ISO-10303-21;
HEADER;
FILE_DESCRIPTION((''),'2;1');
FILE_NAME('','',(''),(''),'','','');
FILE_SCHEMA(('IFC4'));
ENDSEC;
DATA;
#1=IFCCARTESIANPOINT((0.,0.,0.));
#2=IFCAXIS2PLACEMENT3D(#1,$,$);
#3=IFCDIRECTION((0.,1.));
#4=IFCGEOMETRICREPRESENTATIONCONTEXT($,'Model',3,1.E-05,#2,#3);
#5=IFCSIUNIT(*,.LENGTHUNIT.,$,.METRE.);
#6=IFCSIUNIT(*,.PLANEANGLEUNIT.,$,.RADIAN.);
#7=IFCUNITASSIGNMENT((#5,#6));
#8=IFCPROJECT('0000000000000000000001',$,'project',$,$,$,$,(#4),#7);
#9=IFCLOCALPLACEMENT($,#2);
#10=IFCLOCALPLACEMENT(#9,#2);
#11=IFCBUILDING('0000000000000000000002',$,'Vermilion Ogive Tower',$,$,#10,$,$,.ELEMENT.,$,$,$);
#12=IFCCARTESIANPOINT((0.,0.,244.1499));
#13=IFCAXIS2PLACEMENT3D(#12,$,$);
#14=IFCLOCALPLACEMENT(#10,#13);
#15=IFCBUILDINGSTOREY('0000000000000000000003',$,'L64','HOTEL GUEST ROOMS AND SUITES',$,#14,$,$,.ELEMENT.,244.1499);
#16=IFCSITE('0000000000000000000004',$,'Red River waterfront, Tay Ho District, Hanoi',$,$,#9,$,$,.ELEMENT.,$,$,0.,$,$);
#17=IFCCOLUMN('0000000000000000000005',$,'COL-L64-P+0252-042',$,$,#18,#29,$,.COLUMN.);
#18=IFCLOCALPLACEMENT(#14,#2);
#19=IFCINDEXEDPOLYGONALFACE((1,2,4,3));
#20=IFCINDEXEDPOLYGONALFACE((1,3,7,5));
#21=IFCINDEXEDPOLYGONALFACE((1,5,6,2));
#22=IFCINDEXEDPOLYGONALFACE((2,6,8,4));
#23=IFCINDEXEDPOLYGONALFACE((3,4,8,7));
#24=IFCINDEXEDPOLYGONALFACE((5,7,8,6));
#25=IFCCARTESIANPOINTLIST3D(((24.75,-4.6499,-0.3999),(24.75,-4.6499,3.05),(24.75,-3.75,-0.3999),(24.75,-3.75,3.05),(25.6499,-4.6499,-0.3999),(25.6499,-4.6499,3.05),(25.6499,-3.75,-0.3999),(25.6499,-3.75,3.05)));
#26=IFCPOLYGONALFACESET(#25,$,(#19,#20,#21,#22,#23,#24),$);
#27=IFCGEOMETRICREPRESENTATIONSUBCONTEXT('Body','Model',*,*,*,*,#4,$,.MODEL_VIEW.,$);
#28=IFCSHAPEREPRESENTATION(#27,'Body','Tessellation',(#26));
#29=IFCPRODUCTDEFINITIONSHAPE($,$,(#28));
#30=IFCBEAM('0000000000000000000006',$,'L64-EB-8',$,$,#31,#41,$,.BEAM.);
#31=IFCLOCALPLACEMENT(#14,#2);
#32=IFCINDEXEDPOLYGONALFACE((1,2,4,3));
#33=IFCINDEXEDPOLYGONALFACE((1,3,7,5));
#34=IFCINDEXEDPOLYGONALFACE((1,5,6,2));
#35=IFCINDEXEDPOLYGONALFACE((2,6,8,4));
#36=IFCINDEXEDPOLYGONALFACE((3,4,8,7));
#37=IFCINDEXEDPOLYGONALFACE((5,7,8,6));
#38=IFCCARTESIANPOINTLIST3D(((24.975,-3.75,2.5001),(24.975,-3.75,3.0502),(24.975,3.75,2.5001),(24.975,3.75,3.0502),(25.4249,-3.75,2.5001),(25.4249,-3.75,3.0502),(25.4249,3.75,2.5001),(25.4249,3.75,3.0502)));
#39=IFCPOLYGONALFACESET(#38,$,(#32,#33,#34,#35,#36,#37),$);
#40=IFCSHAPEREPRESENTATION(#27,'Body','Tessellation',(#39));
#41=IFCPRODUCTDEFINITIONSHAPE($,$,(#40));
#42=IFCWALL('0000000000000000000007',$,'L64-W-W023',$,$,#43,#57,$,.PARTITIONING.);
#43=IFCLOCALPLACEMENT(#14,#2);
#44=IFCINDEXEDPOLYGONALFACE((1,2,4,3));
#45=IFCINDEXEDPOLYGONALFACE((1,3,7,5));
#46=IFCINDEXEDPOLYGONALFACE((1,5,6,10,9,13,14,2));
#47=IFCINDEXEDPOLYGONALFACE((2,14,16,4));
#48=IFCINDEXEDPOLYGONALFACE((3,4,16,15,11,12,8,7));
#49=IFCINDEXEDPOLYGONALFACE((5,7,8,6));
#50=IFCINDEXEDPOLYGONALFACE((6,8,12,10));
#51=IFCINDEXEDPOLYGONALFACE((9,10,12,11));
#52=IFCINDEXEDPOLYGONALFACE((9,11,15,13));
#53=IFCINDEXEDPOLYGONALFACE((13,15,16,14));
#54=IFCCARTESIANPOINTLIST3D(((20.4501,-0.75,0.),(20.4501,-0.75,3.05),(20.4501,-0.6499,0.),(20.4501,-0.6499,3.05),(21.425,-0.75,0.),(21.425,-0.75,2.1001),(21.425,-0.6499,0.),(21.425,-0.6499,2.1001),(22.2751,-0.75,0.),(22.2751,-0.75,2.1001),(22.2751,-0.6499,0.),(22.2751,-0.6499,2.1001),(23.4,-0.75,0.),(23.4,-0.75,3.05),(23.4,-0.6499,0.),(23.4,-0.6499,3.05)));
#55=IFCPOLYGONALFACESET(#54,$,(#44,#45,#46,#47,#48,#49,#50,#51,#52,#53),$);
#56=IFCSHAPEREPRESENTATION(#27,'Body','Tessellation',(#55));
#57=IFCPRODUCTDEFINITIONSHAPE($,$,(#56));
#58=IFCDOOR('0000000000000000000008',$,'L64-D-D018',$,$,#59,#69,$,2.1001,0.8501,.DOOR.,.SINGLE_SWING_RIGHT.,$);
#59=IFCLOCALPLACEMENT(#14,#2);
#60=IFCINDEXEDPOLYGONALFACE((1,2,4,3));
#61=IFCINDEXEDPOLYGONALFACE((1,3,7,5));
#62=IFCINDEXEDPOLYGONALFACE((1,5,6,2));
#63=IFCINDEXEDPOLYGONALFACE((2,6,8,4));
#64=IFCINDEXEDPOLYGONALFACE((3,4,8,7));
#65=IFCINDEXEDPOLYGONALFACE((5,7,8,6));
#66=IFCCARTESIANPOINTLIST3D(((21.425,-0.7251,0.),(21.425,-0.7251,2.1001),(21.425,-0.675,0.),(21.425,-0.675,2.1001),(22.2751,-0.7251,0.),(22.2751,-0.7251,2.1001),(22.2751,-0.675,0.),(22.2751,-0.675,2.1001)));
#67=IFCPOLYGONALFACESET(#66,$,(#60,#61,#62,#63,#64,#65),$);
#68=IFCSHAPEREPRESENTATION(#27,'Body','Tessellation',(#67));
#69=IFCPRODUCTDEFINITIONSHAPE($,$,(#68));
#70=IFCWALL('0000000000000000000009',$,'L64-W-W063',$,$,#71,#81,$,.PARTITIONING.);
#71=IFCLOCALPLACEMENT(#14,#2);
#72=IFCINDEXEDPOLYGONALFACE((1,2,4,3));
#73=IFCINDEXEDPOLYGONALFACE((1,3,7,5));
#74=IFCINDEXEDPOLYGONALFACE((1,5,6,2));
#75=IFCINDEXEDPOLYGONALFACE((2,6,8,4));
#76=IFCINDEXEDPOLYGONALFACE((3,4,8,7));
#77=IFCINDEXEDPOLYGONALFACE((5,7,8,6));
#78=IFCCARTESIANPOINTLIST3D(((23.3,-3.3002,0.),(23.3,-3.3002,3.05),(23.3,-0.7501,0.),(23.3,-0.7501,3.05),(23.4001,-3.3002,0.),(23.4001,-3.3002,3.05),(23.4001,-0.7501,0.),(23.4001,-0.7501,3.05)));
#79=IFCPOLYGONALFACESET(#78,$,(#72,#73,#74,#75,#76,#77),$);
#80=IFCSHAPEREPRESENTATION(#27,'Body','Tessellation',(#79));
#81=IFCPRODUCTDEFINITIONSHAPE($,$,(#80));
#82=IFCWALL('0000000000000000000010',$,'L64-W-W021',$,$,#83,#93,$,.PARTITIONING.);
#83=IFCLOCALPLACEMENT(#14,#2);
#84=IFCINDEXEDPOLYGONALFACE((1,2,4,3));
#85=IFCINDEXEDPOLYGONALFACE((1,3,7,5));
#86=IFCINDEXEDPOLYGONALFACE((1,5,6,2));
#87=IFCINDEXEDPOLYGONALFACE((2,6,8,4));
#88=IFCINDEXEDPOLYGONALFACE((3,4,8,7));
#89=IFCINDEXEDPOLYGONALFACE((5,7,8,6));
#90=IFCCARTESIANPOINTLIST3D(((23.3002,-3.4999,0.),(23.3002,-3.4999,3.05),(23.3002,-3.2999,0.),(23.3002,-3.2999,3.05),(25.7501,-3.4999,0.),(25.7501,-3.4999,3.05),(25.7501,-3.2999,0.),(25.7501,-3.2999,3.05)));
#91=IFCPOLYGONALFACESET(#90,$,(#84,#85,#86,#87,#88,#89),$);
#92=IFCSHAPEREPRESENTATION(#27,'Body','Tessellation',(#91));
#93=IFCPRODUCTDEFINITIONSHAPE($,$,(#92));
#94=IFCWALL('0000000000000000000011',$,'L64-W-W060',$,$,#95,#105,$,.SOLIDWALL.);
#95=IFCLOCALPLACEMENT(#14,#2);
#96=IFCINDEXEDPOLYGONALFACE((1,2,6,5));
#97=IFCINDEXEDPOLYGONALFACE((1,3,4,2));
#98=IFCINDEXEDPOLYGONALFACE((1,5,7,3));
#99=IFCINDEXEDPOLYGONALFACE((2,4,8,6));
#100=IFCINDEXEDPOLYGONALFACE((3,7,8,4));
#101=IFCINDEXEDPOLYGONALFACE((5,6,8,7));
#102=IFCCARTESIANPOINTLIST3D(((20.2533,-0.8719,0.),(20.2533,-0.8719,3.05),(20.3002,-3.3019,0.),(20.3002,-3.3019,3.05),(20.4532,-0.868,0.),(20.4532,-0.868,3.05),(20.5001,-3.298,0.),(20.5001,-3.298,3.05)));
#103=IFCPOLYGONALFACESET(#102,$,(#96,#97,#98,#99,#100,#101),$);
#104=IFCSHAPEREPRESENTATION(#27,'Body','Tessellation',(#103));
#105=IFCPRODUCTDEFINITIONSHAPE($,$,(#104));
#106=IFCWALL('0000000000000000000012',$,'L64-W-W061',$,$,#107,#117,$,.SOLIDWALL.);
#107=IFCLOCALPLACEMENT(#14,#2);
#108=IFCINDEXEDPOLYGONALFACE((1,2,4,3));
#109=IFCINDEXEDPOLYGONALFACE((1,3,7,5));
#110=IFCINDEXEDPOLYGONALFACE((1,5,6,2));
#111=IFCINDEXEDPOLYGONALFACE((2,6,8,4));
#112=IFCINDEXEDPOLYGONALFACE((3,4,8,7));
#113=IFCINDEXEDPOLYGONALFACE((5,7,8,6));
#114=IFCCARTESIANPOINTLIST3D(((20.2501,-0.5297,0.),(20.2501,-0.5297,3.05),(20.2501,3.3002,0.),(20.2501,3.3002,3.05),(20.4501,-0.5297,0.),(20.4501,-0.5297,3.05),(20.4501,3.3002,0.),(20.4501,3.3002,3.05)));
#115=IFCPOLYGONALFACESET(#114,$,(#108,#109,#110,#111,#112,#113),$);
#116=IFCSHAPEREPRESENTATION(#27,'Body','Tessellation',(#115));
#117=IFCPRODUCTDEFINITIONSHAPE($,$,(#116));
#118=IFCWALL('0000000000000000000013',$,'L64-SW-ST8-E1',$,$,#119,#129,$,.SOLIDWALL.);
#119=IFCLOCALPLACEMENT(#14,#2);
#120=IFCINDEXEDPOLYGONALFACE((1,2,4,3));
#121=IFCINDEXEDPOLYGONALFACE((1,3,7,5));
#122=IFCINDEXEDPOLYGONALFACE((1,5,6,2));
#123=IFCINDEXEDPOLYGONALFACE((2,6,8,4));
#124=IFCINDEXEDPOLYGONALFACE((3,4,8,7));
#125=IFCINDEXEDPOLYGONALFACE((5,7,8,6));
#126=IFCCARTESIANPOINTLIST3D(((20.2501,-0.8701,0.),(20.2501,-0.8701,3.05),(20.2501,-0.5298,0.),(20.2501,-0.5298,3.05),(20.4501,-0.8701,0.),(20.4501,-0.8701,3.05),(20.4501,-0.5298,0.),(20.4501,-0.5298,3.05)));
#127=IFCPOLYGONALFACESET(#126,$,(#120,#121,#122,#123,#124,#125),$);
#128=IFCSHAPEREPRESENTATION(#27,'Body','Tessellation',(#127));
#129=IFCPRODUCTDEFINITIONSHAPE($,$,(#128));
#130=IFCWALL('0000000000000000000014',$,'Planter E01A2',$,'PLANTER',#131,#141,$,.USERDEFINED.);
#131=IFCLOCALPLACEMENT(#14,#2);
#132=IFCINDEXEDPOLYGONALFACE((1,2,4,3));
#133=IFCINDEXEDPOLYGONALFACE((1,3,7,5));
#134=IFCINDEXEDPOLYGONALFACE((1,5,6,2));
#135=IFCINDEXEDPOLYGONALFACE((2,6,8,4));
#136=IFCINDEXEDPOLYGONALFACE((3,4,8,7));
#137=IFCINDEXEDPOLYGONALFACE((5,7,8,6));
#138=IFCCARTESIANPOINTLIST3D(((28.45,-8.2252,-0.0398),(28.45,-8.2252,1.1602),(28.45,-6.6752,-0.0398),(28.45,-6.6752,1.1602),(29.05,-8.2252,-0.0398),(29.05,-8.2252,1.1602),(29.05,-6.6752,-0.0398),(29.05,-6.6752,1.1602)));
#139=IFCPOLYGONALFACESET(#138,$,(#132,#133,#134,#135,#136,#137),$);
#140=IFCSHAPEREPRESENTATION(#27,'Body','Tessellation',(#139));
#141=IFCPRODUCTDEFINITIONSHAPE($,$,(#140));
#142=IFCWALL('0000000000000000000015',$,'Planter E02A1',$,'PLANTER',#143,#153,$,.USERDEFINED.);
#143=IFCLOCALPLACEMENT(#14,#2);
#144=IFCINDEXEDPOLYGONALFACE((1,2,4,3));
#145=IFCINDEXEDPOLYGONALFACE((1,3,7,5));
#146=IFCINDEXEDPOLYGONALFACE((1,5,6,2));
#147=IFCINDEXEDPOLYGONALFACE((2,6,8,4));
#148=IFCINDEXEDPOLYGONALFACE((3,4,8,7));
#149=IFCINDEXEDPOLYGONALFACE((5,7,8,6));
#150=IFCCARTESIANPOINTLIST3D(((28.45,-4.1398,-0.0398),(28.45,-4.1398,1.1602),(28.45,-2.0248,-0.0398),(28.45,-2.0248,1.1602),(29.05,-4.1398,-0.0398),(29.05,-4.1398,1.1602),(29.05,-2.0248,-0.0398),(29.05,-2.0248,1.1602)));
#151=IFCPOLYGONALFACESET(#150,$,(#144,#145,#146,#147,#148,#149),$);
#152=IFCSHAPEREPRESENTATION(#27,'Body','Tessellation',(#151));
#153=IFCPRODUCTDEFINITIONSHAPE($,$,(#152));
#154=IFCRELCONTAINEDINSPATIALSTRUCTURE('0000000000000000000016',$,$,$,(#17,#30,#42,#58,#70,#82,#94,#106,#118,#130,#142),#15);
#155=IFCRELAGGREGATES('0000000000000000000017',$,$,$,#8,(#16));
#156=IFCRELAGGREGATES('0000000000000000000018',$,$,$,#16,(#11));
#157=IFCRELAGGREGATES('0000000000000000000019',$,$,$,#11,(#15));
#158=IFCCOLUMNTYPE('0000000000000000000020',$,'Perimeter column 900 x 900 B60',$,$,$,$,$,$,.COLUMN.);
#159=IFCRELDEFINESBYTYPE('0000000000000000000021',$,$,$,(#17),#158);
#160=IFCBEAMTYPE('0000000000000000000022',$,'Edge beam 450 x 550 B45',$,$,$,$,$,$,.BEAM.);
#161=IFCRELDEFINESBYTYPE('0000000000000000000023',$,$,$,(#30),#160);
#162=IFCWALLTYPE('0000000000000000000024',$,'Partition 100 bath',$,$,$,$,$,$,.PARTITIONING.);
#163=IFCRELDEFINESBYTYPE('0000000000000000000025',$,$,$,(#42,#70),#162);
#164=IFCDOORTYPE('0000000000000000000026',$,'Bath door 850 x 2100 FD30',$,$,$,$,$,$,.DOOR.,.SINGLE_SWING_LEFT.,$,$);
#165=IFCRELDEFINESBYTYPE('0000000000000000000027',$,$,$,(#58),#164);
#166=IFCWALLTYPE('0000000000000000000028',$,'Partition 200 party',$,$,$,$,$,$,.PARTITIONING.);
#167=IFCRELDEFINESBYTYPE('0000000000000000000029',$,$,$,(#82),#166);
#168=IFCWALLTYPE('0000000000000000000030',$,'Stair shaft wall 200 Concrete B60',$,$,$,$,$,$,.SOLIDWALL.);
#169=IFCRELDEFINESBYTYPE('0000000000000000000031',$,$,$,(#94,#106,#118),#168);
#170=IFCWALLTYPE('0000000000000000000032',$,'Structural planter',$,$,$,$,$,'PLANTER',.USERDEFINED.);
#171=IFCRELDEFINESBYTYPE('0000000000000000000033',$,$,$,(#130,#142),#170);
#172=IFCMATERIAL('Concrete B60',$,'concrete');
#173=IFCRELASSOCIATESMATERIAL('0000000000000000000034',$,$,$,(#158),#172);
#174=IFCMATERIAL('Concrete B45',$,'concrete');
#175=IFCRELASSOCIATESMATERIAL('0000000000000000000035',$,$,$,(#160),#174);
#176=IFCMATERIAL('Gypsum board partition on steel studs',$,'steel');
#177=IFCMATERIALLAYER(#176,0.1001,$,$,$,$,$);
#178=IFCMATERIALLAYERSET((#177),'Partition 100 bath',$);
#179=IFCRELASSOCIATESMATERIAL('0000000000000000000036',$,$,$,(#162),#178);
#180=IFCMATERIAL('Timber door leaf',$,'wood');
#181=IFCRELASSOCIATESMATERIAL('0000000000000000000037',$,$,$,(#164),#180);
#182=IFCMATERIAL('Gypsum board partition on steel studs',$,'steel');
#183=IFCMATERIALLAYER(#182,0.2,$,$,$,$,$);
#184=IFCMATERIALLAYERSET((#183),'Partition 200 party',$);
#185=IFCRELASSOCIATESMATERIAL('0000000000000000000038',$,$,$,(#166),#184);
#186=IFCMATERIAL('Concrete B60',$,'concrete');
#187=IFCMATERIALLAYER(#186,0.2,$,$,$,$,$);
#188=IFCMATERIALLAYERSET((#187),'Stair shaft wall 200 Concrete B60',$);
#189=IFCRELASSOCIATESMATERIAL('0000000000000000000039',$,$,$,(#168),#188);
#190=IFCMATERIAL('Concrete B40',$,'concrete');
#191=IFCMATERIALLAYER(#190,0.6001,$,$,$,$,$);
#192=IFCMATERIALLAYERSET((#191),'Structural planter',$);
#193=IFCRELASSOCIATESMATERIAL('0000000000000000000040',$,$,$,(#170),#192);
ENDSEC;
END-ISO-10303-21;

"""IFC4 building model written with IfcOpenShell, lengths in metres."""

from ifc_helpers import new_model, si_unit, direction, frame, frame_2d, origin, origin_2d, place, context, subcontext, project, spatial, rectangle, extrude, material, layer, layer_set, material_profile, profile_set, type_object, element, fill, save


model = new_model("IFC4")

# Units and contexts
model_context = context("Model", 3, precision=1e-05, world=origin(), true_north=direction((0.0, 1.0)))
body_context = subcontext(model_context, "Body", "Model", "MODEL_VIEW")
ifc_project = project(units=[si_unit("LENGTHUNIT", "METRE"), si_unit("PLANEANGLEUNIT", "RADIAN")], contexts=[model_context])

# Site, building, storey
site_placement = place(None, origin())
site = spatial("IfcSite", under=ifc_project, at=site_placement, Name="Red River waterfront, Tay Ho District, Hanoi", CompositionType="ELEMENT", RefElevation=0.0)
building_placement = place(site_placement, origin())
building = spatial("IfcBuilding", under=site, at=building_placement, Name="Vermilion Ogive Tower", CompositionType="ELEMENT")
storey_placement = place(building_placement, frame((0.0, 0.0, 244.1499)))
storey = spatial("IfcBuildingStorey", under=building, at=storey_placement, Name="L64", Description="HOTEL GUEST ROOMS AND SUITES", CompositionType="ELEMENT", Elevation=244.1499)

# Column
ifc_material_1 = material(Name="Concrete B60", Category="concrete")
ifc_material_profile_1 = material_profile(ifc_material_1, rectangle(XDim=0.8999, YDim=0.8999, at=origin_2d()), Name="900 x 900")
ifc_profile_set_1 = profile_set([ifc_material_profile_1], Name="Concrete B60")
column_type = type_object("IfcColumnType", Name="Perimeter column 900 x 900 B60", PredefinedType="COLUMN", material=ifc_profile_set_1)
column_placement = place(storey_placement, frame((25.2, -4.2, -0.3999), z_axis=(0.0, 0.0, 1.0), x_axis=(1.0, 0.0, 0.0)))
element("IfcColumn", 1, at=column_placement, inside=storey, type_object=column_type, Name="COL-L64-P+0252-042", PredefinedType="COLUMN", context=body_context, shape_type="SweptSolid", body=[
    extrude(rectangle(XDim=0.8999, YDim=0.8999, at=origin_2d()), origin(), (0.0, 0.0, 1.0), 3.45),
])

# Beam
ifc_material_2 = material(Name="Concrete B45", Category="concrete")
ifc_material_profile_2 = material_profile(ifc_material_2, rectangle(XDim=0.45, YDim=0.55, at=origin_2d()), Name="450 x 550")
ifc_profile_set_2 = profile_set([ifc_material_profile_2], Name="Concrete B45")
beam_type = type_object("IfcBeamType", Name="Edge beam 450 x 550 B45", PredefinedType="BEAM", material=ifc_profile_set_2)
beam_placement = place(storey_placement, frame((25.2, -3.75, 2.7751), z_axis=(0.0, 1.0, 0.0), x_axis=(-1.0, 0.0, 0.0)))
element("IfcBeam", 2, at=beam_placement, inside=storey, type_object=beam_type, Name="L64-EB-8", PredefinedType="BEAM", context=body_context, shape_type="SweptSolid", body=[
    extrude(rectangle(XDim=0.45, YDim=0.55, at=origin_2d()), origin(), (0.0, 0.0, 1.0), 7.5),
])

# Wall, opening, door
ifc_material_3 = material(Name="Gypsum board partition on steel studs", Category="steel")
ifc_layer_1 = layer(ifc_material_3, 0.1001)
ifc_layer_set_1 = layer_set([ifc_layer_1], Name="Partition 100 bath")
wall_type_1 = type_object("IfcWallType", Name="Partition 100 bath", PredefinedType="PARTITIONING", material=ifc_layer_set_1)
wall_1_placement = place(storey_placement, frame((20.45, -0.7, 0.0), z_axis=(0.0, 0.0, 1.0), x_axis=(1.0, 0.0, 0.0)))
wall_1 = element("IfcWall", 3, at=wall_1_placement, inside=storey, type_object=wall_type_1, Name="L64-W-W023", PredefinedType="PARTITIONING", context=body_context, shape_type="SweptSolid", body=[
    extrude(rectangle(XDim=2.95, YDim=0.1001, at=frame_2d((1.4751, 0.0))), origin(), (0.0, 0.0, 1.0), 3.05),
])
opening_1_placement = place(wall_1_placement, frame((0.9751, 0.0, 0.0)))
opening_1 = element("IfcOpeningElement", 4, at=opening_1_placement, cuts=wall_1, PredefinedType="OPENING", context=body_context, shape_type="SweptSolid", body=[
    extrude(rectangle(XDim=0.8501, YDim=2.1001, at=frame_2d((0.425, 1.05))), frame((0.0, 0.0601, 0.0), z_axis=(0.0, -1.0, 0.0), x_axis=(1.0, 0.0, 0.0)), (0.0, 0.0, 1.0), 0.1201),
])
ifc_material_4 = material(Name="Timber door leaf", Category="wood")
door_type_1 = type_object("IfcDoorType", Name="Bath door 850 x 2100 FD30", OperationType="SINGLE_SWING_LEFT", PredefinedType="DOOR", material=ifc_material_4)
door_1_placement = place(opening_1_placement, origin())
door_1 = element("IfcDoor", 5, at=door_1_placement, inside=storey, type_object=door_type_1, Name="L64-D-D018", OperationType="SINGLE_SWING_RIGHT", OverallHeight=2.1001, OverallWidth=0.8501, PredefinedType="DOOR", context=body_context, shape_type="SweptSolid", body=[
    extrude(rectangle(XDim=0.8501, YDim=2.1001, at=frame_2d((0.425, 1.05))), frame((0.0, 0.0249, 0.0), z_axis=(0.0, -1.0, 0.0), x_axis=(1.0, 0.0, 0.0)), (0.0, 0.0, 1.0), 0.05),
])
fill(opening_1, door_1)

# Walls
wall_2_placement = place(storey_placement, frame((23.3501, -3.3, 0.0), z_axis=(0.0, 0.0, 1.0), x_axis=(0.0, 1.0, 0.0)))
element("IfcWall", 6, at=wall_2_placement, inside=storey, type_object=wall_type_1, Name="L64-W-W063", PredefinedType="PARTITIONING", context=body_context, shape_type="SweptSolid", body=[
    extrude(rectangle(XDim=2.55, YDim=0.1001, at=frame_2d((1.2749, 0.0))), origin(), (0.0, 0.0, 1.0), 3.05),
])
ifc_material_5 = material(Name="Gypsum board partition on steel studs", Category="steel")
ifc_layer_2 = layer(ifc_material_5, 0.2)
ifc_layer_set_2 = layer_set([ifc_layer_2], Name="Partition 200 party")
wall_type_2 = type_object("IfcWallType", Name="Partition 200 party", PredefinedType="PARTITIONING", material=ifc_layer_set_2)
wall_3_placement = place(storey_placement, frame((23.3, -3.3999, 0.0), z_axis=(0.0, 0.0, 1.0), x_axis=(1.0, 0.0, 0.0)))
element("IfcWall", 7, at=wall_3_placement, inside=storey, type_object=wall_type_2, Name="L64-W-W021", PredefinedType="PARTITIONING", context=body_context, shape_type="SweptSolid", body=[
    extrude(rectangle(XDim=2.45, YDim=0.2, at=frame_2d((1.2251, 0.0))), origin(), (0.0, 0.0, 1.0), 3.05),
])
ifc_material_6 = material(Name="Concrete B60", Category="concrete")
ifc_layer_3 = layer(ifc_material_6, 0.2)
ifc_layer_set_3 = layer_set([ifc_layer_3], Name="Stair shaft wall 200 Concrete B60")
wall_type_3 = type_object("IfcWallType", Name="Stair shaft wall 200 Concrete B60", PredefinedType="SOLIDWALL", material=ifc_layer_set_3)
wall_4_placement = place(storey_placement, frame((20.4001, -3.3, 0.0), z_axis=(0.0, 0.0, 1.0), x_axis=(-0.019287, 0.999814, 0.0)))
element("IfcWall", 8, at=wall_4_placement, inside=storey, type_object=wall_type_3, Name="L64-W-W060", PredefinedType="SOLIDWALL", context=body_context, shape_type="SweptSolid", body=[
    extrude(rectangle(XDim=2.4304, YDim=0.2, at=frame_2d((1.2153, 0.0))), origin(), (0.0, 0.0, 1.0), 3.05),
])
wall_5_placement = place(storey_placement, frame((20.3501, -0.5298, 0.0), z_axis=(0.0, 0.0, 1.0), x_axis=(0.0, 1.0, 0.0)))
element("IfcWall", 9, at=wall_5_placement, inside=storey, type_object=wall_type_3, Name="L64-W-W061", PredefinedType="SOLIDWALL", context=body_context, shape_type="SweptSolid", body=[
    extrude(rectangle(XDim=3.8298, YDim=0.2, at=frame_2d((1.915, 0.0))), origin(), (0.0, 0.0, 1.0), 3.05),
])
wall_6_placement = place(storey_placement, frame((20.3501, -0.8701, 0.0), z_axis=(0.0, 0.0, 1.0), x_axis=(0.0, 1.0, 0.0)))
element("IfcWall", 10, at=wall_6_placement, inside=storey, type_object=wall_type_3, Name="L64-SW-ST8-E1", PredefinedType="SOLIDWALL", context=body_context, shape_type="SweptSolid", body=[
    extrude(rectangle(XDim=0.3403, YDim=0.2, at=frame_2d((0.1702, 0.0))), origin(), (0.0, 0.0, 1.0), 3.05),
])
ifc_material_7 = material(Name="Concrete B40", Category="concrete")
ifc_layer_4 = layer(ifc_material_7, 0.6001)
ifc_layer_set_4 = layer_set([ifc_layer_4], Name="Structural planter")
wall_type_4 = type_object("IfcWallType", Name="Structural planter", ElementType="PLANTER", PredefinedType="USERDEFINED", material=ifc_layer_set_4)
wall_7_placement = place(storey_placement, frame((28.75, -8.2251, -0.0398), z_axis=(0.0, 0.0, 1.0), x_axis=(0.0, 1.0, 0.0)))
element("IfcWall", 11, at=wall_7_placement, inside=storey, type_object=wall_type_4, Name="Planter E01A2", ObjectType="PLANTER", PredefinedType="USERDEFINED", context=body_context, shape_type="SweptSolid", body=[
    extrude(rectangle(XDim=1.55, YDim=0.6001, at=frame_2d((0.7749, 0.0))), origin(), (0.0, 0.0, 1.0), 1.2),
])
wall_8_placement = place(storey_placement, frame((28.75, -4.1399, -0.0398), z_axis=(0.0, 0.0, 1.0), x_axis=(0.0, 1.0, 0.0)))
element("IfcWall", 12, at=wall_8_placement, inside=storey, type_object=wall_type_4, Name="Planter E02A1", ObjectType="PLANTER", PredefinedType="USERDEFINED", context=body_context, shape_type="SweptSolid", body=[
    extrude(rectangle(XDim=2.115, YDim=0.6001, at=frame_2d((1.0576, 0.0))), origin(), (0.0, 0.0, 1.0), 1.2),
])

save(model, "model.ifc")
